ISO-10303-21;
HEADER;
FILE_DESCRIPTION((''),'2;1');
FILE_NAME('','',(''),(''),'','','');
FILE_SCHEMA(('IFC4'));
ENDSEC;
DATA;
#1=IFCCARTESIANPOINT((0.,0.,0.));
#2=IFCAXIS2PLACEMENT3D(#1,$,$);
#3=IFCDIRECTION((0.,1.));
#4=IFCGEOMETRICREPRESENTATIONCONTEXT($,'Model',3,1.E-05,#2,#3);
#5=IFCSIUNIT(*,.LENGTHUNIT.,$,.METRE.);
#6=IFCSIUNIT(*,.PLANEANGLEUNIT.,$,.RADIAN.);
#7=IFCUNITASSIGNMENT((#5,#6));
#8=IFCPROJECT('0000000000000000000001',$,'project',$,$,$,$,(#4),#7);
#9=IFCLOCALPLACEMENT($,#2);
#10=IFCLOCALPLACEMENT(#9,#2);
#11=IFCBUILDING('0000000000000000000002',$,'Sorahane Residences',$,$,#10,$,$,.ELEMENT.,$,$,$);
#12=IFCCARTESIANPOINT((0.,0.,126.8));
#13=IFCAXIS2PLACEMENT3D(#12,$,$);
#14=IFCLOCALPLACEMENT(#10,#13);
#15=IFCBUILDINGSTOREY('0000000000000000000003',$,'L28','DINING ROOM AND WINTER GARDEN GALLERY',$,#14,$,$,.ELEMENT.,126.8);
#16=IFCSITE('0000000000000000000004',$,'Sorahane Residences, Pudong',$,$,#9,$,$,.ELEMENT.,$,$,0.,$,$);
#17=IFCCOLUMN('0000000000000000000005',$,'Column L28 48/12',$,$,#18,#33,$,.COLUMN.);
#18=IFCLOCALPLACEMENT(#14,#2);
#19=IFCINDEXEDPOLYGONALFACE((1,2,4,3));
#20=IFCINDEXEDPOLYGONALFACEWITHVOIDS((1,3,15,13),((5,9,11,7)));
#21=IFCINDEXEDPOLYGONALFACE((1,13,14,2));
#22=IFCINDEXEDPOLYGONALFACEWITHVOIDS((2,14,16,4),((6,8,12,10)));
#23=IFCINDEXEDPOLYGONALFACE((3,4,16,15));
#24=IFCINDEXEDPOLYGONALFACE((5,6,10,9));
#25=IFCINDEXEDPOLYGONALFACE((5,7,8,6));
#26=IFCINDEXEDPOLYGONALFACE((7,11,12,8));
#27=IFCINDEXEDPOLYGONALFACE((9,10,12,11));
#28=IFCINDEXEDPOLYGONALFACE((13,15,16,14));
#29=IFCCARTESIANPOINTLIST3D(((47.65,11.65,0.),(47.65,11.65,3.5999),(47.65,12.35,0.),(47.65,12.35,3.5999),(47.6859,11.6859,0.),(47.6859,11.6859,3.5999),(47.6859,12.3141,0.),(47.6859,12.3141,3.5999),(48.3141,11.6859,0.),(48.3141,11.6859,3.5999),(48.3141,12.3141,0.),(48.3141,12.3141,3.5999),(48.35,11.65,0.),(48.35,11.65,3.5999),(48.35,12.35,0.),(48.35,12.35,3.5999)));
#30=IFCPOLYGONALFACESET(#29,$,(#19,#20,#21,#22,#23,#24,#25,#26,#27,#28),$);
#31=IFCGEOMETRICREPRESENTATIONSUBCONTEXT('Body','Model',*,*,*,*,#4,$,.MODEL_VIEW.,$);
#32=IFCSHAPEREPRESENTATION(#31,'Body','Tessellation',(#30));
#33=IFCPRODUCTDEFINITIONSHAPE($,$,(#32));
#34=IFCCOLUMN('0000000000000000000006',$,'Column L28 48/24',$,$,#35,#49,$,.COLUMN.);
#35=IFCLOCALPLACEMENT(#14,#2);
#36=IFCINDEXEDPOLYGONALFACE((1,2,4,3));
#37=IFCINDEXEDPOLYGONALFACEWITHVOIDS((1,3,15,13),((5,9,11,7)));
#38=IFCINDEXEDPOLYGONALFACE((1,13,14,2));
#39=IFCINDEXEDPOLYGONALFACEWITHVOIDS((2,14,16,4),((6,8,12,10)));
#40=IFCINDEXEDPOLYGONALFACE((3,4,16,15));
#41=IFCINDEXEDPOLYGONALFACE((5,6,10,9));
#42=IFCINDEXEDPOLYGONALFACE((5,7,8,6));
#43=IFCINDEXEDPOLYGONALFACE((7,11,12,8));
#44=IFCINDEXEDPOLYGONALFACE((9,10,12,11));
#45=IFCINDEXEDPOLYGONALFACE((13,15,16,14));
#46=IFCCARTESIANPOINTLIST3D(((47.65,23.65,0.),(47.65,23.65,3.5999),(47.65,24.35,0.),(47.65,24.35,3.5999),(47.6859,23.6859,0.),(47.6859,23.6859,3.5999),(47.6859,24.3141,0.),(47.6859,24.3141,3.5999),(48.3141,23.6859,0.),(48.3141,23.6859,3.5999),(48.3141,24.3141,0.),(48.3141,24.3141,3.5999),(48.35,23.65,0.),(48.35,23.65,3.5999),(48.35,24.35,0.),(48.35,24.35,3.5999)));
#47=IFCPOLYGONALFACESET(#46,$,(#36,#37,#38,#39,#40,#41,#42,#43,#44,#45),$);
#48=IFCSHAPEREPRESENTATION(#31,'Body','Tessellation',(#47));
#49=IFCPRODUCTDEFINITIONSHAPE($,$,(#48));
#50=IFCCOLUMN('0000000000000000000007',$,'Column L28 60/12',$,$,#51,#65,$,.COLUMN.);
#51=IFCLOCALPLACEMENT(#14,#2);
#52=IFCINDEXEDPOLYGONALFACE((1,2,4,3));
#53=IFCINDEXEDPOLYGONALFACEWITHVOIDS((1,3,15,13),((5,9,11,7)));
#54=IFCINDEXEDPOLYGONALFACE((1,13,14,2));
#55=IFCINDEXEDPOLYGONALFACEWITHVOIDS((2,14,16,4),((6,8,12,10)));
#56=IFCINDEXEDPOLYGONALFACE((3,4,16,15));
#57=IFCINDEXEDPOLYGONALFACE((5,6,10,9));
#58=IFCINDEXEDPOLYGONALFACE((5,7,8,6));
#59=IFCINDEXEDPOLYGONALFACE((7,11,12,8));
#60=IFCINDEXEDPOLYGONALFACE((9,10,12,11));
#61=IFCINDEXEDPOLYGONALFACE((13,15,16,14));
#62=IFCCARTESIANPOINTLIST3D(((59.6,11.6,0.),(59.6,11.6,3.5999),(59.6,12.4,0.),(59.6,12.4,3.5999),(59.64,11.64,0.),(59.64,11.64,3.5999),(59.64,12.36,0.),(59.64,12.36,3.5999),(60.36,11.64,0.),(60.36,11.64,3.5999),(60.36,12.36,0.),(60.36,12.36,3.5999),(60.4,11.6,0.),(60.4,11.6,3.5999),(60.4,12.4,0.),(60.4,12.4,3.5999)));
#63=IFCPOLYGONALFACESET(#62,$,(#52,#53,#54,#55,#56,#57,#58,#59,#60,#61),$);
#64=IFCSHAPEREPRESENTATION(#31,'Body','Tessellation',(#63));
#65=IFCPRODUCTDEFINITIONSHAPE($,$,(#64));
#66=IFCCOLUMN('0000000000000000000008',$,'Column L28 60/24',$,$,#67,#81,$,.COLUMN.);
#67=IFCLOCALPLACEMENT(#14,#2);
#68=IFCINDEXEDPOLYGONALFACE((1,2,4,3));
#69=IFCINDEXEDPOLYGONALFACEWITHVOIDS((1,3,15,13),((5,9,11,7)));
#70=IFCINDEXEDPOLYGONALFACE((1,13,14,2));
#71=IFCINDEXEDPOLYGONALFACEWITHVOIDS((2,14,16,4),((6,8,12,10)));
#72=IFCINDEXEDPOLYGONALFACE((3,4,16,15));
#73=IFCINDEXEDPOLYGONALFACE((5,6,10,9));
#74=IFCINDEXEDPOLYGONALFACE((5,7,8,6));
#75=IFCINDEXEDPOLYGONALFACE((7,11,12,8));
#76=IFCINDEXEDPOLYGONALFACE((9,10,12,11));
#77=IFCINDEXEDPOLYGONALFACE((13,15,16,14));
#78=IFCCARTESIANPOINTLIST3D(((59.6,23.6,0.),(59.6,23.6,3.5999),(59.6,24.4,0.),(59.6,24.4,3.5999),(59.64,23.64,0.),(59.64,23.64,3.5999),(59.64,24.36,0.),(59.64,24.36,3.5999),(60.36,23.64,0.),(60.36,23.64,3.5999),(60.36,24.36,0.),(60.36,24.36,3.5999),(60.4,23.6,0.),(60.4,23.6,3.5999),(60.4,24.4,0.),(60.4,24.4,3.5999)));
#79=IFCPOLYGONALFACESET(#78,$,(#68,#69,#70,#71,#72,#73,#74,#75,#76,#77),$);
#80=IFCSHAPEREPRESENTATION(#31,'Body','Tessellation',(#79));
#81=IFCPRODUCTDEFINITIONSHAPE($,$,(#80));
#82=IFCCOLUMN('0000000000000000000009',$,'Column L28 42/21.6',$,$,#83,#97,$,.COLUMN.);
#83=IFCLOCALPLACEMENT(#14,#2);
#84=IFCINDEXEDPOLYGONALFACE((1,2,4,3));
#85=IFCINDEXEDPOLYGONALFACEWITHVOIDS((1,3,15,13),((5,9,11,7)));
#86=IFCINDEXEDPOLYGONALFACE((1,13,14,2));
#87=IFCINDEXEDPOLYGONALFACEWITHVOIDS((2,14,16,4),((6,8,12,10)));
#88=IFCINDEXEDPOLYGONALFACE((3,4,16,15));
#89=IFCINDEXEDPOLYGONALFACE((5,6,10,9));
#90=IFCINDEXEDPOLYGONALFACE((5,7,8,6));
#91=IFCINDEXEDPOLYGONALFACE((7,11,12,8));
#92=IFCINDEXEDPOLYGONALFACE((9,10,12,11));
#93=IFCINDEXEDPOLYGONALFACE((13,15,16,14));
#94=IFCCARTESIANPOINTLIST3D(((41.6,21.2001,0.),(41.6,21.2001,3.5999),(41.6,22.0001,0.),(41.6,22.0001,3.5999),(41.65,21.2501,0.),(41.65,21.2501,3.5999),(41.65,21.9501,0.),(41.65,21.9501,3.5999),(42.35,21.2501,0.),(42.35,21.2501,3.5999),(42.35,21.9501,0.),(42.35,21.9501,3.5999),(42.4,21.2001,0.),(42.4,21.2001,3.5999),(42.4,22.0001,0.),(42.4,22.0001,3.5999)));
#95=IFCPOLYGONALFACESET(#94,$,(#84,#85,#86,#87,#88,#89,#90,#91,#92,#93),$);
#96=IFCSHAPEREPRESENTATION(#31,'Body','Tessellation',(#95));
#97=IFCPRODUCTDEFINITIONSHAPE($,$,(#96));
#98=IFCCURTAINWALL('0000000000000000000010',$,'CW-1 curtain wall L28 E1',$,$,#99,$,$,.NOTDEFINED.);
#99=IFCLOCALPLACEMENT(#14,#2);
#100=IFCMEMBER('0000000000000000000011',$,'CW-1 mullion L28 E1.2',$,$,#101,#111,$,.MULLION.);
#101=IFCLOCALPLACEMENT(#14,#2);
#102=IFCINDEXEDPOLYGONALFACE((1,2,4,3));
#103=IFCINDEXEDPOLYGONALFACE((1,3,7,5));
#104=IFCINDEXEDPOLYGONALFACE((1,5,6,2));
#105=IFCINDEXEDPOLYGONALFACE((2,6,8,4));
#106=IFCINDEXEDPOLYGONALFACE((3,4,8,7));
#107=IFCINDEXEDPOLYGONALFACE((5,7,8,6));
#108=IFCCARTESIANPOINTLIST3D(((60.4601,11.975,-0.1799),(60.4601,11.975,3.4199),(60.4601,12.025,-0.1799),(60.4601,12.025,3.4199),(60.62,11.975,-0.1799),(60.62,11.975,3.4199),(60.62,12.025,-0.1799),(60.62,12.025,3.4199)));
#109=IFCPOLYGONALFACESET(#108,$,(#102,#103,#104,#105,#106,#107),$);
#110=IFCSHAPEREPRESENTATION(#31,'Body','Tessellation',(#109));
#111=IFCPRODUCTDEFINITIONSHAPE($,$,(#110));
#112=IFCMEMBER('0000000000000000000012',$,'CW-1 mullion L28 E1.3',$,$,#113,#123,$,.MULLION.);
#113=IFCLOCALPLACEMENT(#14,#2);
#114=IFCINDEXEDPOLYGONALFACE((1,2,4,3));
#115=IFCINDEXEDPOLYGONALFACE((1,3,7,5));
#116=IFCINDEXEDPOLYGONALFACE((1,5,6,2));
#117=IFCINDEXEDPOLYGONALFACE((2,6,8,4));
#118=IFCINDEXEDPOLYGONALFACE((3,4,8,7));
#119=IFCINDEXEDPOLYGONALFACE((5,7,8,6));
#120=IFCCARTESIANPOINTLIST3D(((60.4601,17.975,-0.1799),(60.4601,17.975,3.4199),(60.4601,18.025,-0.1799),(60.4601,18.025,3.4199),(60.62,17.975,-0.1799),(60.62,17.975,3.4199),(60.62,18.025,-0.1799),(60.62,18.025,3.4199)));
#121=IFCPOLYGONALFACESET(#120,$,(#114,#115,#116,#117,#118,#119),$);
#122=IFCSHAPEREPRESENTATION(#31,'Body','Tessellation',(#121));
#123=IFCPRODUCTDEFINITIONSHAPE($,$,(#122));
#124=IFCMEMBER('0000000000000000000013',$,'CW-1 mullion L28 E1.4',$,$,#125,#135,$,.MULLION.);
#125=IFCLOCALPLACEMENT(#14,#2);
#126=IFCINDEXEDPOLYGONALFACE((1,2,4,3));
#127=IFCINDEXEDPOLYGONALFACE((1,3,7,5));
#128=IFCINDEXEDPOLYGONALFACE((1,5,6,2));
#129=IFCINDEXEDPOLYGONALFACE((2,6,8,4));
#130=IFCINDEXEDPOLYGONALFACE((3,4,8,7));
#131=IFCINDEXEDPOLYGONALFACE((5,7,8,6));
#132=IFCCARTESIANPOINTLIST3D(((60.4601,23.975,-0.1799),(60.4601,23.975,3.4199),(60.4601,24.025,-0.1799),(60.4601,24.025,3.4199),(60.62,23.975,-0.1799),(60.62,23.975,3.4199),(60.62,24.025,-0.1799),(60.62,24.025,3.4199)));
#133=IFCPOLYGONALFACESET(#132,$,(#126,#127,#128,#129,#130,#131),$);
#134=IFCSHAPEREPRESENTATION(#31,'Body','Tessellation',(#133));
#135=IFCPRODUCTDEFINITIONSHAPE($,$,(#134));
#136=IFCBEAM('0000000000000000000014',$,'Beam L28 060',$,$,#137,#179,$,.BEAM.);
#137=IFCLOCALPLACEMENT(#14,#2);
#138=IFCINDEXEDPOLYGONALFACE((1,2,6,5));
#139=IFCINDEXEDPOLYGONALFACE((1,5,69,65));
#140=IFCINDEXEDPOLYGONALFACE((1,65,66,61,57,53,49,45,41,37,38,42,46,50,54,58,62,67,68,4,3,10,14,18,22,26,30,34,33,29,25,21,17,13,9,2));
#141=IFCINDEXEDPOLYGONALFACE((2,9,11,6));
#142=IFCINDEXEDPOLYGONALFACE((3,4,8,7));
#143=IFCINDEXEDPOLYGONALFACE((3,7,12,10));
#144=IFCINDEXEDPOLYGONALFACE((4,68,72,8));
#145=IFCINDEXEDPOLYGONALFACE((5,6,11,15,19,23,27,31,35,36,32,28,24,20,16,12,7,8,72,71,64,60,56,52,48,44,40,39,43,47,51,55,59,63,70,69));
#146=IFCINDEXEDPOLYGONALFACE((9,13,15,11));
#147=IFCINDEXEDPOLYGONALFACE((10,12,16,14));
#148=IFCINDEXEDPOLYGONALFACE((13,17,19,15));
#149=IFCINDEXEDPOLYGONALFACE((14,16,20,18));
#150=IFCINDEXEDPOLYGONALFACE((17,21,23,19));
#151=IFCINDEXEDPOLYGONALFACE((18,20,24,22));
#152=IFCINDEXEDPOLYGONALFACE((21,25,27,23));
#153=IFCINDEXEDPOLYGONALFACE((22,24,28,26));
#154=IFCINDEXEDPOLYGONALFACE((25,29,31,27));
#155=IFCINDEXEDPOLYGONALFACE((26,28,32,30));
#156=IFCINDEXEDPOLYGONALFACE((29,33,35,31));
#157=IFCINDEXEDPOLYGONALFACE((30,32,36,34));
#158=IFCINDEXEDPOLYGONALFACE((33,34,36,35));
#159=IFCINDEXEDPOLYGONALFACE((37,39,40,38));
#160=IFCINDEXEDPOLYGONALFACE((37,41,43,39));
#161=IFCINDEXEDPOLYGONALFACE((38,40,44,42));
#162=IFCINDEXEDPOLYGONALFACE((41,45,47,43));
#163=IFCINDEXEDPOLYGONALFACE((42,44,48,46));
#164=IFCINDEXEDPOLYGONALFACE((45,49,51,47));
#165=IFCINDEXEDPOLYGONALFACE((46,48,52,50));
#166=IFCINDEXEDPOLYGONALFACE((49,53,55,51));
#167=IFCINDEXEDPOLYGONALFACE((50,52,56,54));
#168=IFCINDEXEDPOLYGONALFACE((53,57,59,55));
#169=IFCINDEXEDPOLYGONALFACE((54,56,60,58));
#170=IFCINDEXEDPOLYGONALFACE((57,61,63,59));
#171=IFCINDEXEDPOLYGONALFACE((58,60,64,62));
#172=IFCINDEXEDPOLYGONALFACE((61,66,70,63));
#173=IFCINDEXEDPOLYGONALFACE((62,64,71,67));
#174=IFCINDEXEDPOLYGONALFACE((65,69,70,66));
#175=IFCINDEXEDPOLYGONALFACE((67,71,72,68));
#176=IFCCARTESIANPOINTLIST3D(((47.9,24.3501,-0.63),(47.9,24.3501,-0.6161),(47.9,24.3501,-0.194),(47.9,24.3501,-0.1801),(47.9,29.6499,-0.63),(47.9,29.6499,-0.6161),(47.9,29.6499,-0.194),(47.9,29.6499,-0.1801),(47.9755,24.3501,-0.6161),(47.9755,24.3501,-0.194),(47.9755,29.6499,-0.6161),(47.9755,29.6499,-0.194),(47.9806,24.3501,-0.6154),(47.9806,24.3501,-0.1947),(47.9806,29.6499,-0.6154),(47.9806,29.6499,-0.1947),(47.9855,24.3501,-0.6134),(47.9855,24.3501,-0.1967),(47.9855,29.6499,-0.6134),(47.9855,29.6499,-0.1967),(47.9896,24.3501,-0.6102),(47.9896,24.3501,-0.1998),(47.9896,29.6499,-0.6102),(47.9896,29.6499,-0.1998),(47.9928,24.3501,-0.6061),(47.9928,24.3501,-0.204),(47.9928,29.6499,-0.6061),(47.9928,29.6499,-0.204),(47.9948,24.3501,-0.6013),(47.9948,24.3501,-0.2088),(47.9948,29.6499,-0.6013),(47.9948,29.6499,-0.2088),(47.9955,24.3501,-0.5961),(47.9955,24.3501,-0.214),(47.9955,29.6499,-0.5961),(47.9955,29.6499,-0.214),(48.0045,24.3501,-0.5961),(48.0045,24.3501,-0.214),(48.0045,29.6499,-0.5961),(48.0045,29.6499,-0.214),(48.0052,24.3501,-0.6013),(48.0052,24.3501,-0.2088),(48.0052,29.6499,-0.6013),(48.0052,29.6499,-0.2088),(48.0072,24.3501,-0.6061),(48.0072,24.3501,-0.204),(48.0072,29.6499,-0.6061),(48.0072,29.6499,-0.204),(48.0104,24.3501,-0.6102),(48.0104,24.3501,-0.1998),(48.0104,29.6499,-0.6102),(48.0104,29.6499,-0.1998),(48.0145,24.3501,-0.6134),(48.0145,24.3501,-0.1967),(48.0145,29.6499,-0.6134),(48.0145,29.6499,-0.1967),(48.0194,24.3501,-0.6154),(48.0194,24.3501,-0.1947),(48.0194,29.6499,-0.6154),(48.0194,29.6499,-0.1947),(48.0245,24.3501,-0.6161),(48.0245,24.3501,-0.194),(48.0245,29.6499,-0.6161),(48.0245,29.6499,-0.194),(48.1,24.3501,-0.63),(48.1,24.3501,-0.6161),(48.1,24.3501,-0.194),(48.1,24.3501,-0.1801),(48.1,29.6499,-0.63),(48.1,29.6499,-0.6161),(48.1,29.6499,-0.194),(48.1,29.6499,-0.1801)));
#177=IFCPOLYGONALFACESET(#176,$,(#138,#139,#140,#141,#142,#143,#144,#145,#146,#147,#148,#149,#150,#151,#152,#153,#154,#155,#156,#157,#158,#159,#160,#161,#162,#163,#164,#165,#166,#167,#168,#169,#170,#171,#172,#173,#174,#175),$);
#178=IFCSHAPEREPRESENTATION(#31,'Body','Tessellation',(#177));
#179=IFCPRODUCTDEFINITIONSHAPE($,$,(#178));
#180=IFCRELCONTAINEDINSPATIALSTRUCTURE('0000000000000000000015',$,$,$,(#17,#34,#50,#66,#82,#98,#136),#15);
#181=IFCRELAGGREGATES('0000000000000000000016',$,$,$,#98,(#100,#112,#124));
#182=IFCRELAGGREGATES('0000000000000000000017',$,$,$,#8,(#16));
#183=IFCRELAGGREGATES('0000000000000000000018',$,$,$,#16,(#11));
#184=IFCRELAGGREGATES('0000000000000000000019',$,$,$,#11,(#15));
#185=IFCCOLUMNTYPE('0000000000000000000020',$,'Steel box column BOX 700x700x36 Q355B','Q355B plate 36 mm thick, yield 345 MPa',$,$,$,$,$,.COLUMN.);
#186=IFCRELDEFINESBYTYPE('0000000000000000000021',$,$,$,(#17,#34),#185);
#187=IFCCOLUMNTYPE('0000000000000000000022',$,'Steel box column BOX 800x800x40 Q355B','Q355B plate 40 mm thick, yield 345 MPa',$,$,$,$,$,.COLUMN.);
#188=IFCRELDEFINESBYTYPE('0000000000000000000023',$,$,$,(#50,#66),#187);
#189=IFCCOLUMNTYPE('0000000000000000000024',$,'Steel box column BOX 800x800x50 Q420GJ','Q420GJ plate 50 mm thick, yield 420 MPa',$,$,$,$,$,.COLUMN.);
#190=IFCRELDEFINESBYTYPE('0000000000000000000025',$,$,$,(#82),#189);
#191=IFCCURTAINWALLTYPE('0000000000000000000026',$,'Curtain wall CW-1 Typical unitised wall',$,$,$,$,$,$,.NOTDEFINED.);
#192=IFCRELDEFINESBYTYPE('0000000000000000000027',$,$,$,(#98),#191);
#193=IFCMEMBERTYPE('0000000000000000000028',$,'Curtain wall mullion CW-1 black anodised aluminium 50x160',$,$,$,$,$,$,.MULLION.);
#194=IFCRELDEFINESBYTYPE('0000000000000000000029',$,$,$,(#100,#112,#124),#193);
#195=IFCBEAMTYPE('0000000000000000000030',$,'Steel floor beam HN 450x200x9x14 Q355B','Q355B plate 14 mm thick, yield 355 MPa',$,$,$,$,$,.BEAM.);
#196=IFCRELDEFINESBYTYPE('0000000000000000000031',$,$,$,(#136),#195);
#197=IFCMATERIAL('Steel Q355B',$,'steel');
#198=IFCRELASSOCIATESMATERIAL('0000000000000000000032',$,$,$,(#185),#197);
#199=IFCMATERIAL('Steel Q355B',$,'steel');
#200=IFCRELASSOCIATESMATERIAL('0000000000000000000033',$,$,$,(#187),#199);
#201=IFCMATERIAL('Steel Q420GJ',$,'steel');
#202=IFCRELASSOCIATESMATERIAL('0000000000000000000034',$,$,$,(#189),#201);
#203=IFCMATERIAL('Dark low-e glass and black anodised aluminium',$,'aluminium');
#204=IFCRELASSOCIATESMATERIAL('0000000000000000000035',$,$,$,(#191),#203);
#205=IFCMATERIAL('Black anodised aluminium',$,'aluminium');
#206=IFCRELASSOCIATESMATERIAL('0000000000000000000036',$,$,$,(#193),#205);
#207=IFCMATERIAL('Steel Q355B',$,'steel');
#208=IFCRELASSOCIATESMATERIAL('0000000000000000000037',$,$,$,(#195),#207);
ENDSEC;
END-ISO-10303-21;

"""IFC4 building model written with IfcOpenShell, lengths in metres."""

from ifc_helpers import new_model, si_unit, direction, frame, origin, origin_2d, place, context, subcontext, project, spatial, rectangle, hollow_rectangle, i_section, extrude, material, material_profile, profile_set, type_object, element, aggregate, save


model = new_model("IFC4")

# Units and contexts
model_context = context("Model", 3, precision=1e-05, world=origin(), true_north=direction((0.0, 1.0)))
body_context = subcontext(model_context, "Body", "Model", "MODEL_VIEW")
ifc_project = project(units=[si_unit("LENGTHUNIT", "METRE"), si_unit("PLANEANGLEUNIT", "RADIAN")], contexts=[model_context])

# Site, building, storey
site_placement = place(None, origin())
site = spatial("IfcSite", under=ifc_project, at=site_placement, Name="Sorahane Residences, Pudong", CompositionType="ELEMENT", RefElevation=0.0)
building_placement = place(site_placement, origin())
building = spatial("IfcBuilding", under=site, at=building_placement, Name="Sorahane Residences", CompositionType="ELEMENT")
storey_placement = place(building_placement, frame((0.0, 0.0, 126.8)))
storey = spatial("IfcBuildingStorey", under=building, at=storey_placement, Name="L28", Description="DINING ROOM AND WINTER GARDEN GALLERY", CompositionType="ELEMENT", Elevation=126.8)

# Columns
ifc_material_1 = material(Name="Steel Q355B", Category="steel")
ifc_material_profile_1 = material_profile(ifc_material_1, hollow_rectangle(XDim=0.7, YDim=0.7, WallThickness=0.0359, at=origin_2d()), Name="BOX 700x700x36")
ifc_profile_set_1 = profile_set([ifc_material_profile_1], Name="Steel Q355B")
column_type_1 = type_object("IfcColumnType", Name="Steel box column BOX 700x700x36 Q355B", Description="Q355B plate 36 mm thick, yield 345 MPa", PredefinedType="COLUMN", material=ifc_profile_set_1)
for number, where, z_axis, x_axis, name in (
    (1, (48.0, 12.0, 0.0), (0.0, 0.0, 1.0), (1.0, 0.0, 0.0), "Column L28 48/12"),
    (2, (48.0, 24.0, 0.0), (0.0, 0.0, 1.0), (1.0, 0.0, 0.0), "Column L28 48/24"),
):
    element("IfcColumn", number, at=place(storey_placement, frame(where, z_axis=z_axis, x_axis=x_axis)), inside=storey, type_object=column_type_1, Name=name, PredefinedType="COLUMN", context=body_context, shape_type="SweptSolid", body=[
        extrude(hollow_rectangle(XDim=0.7, YDim=0.7, WallThickness=0.0359, at=origin_2d()), origin(), (0.0, 0.0, 1.0), 3.5999),
    ])
ifc_material_2 = material(Name="Steel Q355B", Category="steel")
ifc_material_profile_2 = material_profile(ifc_material_2, hollow_rectangle(XDim=0.8, YDim=0.8, WallThickness=0.04, at=origin_2d()), Name="BOX 800x800x40")
ifc_profile_set_2 = profile_set([ifc_material_profile_2], Name="Steel Q355B")
column_type_2 = type_object("IfcColumnType", Name="Steel box column BOX 800x800x40 Q355B", Description="Q355B plate 40 mm thick, yield 345 MPa", PredefinedType="COLUMN", material=ifc_profile_set_2)
for number, where, z_axis, x_axis, name in (
    (3, (60.0, 12.0, 0.0), (0.0, 0.0, 1.0), (1.0, 0.0, 0.0), "Column L28 60/12"),
    (4, (60.0, 24.0, 0.0), (0.0, 0.0, 1.0), (1.0, 0.0, 0.0), "Column L28 60/24"),
):
    element("IfcColumn", number, at=place(storey_placement, frame(where, z_axis=z_axis, x_axis=x_axis)), inside=storey, type_object=column_type_2, Name=name, PredefinedType="COLUMN", context=body_context, shape_type="SweptSolid", body=[
        extrude(hollow_rectangle(XDim=0.8, YDim=0.8, WallThickness=0.04, at=origin_2d()), origin(), (0.0, 0.0, 1.0), 3.5999),
    ])
ifc_material_3 = material(Name="Steel Q420GJ", Category="steel")
ifc_material_profile_3 = material_profile(ifc_material_3, hollow_rectangle(XDim=0.8, YDim=0.8, WallThickness=0.05, at=origin_2d()), Name="BOX 800x800x50")
ifc_profile_set_3 = profile_set([ifc_material_profile_3], Name="Steel Q420GJ")
column_type_3 = type_object("IfcColumnType", Name="Steel box column BOX 800x800x50 Q420GJ", Description="Q420GJ plate 50 mm thick, yield 420 MPa", PredefinedType="COLUMN", material=ifc_profile_set_3)
column_placement = place(storey_placement, frame((42.0, 21.6001, 0.0), z_axis=(0.0, 0.0, 1.0), x_axis=(1.0, 0.0, 0.0)))
element("IfcColumn", 5, at=column_placement, inside=storey, type_object=column_type_3, Name="Column L28 42/21.6", PredefinedType="COLUMN", context=body_context, shape_type="SweptSolid", body=[
    extrude(hollow_rectangle(XDim=0.8, YDim=0.8, WallThickness=0.05, at=origin_2d()), origin(), (0.0, 0.0, 1.0), 3.5999),
])

# Curtain wall, members
ifc_material_4 = material(Name="Dark low-e glass and black anodised aluminium", Category="aluminium")
curtain_wall_type = type_object("IfcCurtainWallType", Name="Curtain wall CW-1 Typical unitised wall", PredefinedType="NOTDEFINED", material=ifc_material_4)
curtain_wall_placement = place(storey_placement, origin())
curtain_wall = element("IfcCurtainWall", 6, at=curtain_wall_placement, inside=storey, type_object=curtain_wall_type, Name="CW-1 curtain wall L28 E1", PredefinedType="NOTDEFINED")
ifc_material_5 = material(Name="Black anodised aluminium", Category="aluminium")
ifc_material_profile_4 = material_profile(ifc_material_5, rectangle(XDim=0.1599, YDim=0.05, at=origin_2d()), Name="Curtain wall mullion CW-1 black anodised aluminium 50x160")
ifc_profile_set_4 = profile_set([ifc_material_profile_4], Name="Black anodised aluminium")
member_type = type_object("IfcMemberType", Name="Curtain wall mullion CW-1 black anodised aluminium 50x160", PredefinedType="MULLION", material=ifc_profile_set_4)
member_1_placement = place(storey_placement, frame((60.54, 12.0, -0.1799), z_axis=(0.0, 0.0, 1.0), x_axis=(1.0, 0.0, 0.0)))
member_1 = element("IfcMember", 7, at=member_1_placement, type_object=member_type, Name="CW-1 mullion L28 E1.2", PredefinedType="MULLION", context=body_context, shape_type="SweptSolid", body=[
    extrude(rectangle(XDim=0.1599, YDim=0.05, at=origin_2d()), origin(), (0.0, 0.0, 1.0), 3.5999),
])
member_2_placement = place(storey_placement, frame((60.54, 18.0, -0.1799), z_axis=(0.0, 0.0, 1.0), x_axis=(1.0, 0.0, 0.0)))
member_2 = element("IfcMember", 8, at=member_2_placement, type_object=member_type, Name="CW-1 mullion L28 E1.3", PredefinedType="MULLION", context=body_context, shape_type="SweptSolid", body=[
    extrude(rectangle(XDim=0.1599, YDim=0.05, at=origin_2d()), origin(), (0.0, 0.0, 1.0), 3.5999),
])
member_3_placement = place(storey_placement, frame((60.54, 24.0, -0.1799), z_axis=(0.0, 0.0, 1.0), x_axis=(1.0, 0.0, 0.0)))
member_3 = element("IfcMember", 9, at=member_3_placement, type_object=member_type, Name="CW-1 mullion L28 E1.4", PredefinedType="MULLION", context=body_context, shape_type="SweptSolid", body=[
    extrude(rectangle(XDim=0.1599, YDim=0.05, at=origin_2d()), origin(), (0.0, 0.0, 1.0), 3.5999),
])

# Beam
ifc_material_6 = material(Name="Steel Q355B", Category="steel")
ifc_material_profile_5 = material_profile(ifc_material_6, i_section(OverallWidth=0.2, OverallDepth=0.45, WebThickness=0.009, FlangeThickness=0.0139, FilletRadius=0.02, at=origin_2d()), Name="HN 450x200x9x14")
ifc_profile_set_5 = profile_set([ifc_material_profile_5], Name="Steel Q355B")
beam_type_1 = type_object("IfcBeamType", Name="Steel floor beam HN 450x200x9x14 Q355B", Description="Q355B plate 14 mm thick, yield 355 MPa", PredefinedType="BEAM", material=ifc_profile_set_5)
beam_1_placement = place(storey_placement, frame((48.0, 24.3501, -0.405), z_axis=(0.0, 1.0, 0.0), x_axis=(-1.0, 0.0, 0.0)))
element("IfcBeam", 10, at=beam_1_placement, inside=storey, type_object=beam_type_1, Name="Beam L28 060", PredefinedType="BEAM", context=body_context, shape_type="SweptSolid", body=[
    extrude(i_section(OverallWidth=0.2, OverallDepth=0.45, WebThickness=0.009, FlangeThickness=0.0139, FilletRadius=0.02, at=origin_2d()), origin(), (0.0, 0.0, 1.0), 5.2998),
])

aggregate(curtain_wall, [member_1, member_2, member_3])

save(model, "model.ifc")
